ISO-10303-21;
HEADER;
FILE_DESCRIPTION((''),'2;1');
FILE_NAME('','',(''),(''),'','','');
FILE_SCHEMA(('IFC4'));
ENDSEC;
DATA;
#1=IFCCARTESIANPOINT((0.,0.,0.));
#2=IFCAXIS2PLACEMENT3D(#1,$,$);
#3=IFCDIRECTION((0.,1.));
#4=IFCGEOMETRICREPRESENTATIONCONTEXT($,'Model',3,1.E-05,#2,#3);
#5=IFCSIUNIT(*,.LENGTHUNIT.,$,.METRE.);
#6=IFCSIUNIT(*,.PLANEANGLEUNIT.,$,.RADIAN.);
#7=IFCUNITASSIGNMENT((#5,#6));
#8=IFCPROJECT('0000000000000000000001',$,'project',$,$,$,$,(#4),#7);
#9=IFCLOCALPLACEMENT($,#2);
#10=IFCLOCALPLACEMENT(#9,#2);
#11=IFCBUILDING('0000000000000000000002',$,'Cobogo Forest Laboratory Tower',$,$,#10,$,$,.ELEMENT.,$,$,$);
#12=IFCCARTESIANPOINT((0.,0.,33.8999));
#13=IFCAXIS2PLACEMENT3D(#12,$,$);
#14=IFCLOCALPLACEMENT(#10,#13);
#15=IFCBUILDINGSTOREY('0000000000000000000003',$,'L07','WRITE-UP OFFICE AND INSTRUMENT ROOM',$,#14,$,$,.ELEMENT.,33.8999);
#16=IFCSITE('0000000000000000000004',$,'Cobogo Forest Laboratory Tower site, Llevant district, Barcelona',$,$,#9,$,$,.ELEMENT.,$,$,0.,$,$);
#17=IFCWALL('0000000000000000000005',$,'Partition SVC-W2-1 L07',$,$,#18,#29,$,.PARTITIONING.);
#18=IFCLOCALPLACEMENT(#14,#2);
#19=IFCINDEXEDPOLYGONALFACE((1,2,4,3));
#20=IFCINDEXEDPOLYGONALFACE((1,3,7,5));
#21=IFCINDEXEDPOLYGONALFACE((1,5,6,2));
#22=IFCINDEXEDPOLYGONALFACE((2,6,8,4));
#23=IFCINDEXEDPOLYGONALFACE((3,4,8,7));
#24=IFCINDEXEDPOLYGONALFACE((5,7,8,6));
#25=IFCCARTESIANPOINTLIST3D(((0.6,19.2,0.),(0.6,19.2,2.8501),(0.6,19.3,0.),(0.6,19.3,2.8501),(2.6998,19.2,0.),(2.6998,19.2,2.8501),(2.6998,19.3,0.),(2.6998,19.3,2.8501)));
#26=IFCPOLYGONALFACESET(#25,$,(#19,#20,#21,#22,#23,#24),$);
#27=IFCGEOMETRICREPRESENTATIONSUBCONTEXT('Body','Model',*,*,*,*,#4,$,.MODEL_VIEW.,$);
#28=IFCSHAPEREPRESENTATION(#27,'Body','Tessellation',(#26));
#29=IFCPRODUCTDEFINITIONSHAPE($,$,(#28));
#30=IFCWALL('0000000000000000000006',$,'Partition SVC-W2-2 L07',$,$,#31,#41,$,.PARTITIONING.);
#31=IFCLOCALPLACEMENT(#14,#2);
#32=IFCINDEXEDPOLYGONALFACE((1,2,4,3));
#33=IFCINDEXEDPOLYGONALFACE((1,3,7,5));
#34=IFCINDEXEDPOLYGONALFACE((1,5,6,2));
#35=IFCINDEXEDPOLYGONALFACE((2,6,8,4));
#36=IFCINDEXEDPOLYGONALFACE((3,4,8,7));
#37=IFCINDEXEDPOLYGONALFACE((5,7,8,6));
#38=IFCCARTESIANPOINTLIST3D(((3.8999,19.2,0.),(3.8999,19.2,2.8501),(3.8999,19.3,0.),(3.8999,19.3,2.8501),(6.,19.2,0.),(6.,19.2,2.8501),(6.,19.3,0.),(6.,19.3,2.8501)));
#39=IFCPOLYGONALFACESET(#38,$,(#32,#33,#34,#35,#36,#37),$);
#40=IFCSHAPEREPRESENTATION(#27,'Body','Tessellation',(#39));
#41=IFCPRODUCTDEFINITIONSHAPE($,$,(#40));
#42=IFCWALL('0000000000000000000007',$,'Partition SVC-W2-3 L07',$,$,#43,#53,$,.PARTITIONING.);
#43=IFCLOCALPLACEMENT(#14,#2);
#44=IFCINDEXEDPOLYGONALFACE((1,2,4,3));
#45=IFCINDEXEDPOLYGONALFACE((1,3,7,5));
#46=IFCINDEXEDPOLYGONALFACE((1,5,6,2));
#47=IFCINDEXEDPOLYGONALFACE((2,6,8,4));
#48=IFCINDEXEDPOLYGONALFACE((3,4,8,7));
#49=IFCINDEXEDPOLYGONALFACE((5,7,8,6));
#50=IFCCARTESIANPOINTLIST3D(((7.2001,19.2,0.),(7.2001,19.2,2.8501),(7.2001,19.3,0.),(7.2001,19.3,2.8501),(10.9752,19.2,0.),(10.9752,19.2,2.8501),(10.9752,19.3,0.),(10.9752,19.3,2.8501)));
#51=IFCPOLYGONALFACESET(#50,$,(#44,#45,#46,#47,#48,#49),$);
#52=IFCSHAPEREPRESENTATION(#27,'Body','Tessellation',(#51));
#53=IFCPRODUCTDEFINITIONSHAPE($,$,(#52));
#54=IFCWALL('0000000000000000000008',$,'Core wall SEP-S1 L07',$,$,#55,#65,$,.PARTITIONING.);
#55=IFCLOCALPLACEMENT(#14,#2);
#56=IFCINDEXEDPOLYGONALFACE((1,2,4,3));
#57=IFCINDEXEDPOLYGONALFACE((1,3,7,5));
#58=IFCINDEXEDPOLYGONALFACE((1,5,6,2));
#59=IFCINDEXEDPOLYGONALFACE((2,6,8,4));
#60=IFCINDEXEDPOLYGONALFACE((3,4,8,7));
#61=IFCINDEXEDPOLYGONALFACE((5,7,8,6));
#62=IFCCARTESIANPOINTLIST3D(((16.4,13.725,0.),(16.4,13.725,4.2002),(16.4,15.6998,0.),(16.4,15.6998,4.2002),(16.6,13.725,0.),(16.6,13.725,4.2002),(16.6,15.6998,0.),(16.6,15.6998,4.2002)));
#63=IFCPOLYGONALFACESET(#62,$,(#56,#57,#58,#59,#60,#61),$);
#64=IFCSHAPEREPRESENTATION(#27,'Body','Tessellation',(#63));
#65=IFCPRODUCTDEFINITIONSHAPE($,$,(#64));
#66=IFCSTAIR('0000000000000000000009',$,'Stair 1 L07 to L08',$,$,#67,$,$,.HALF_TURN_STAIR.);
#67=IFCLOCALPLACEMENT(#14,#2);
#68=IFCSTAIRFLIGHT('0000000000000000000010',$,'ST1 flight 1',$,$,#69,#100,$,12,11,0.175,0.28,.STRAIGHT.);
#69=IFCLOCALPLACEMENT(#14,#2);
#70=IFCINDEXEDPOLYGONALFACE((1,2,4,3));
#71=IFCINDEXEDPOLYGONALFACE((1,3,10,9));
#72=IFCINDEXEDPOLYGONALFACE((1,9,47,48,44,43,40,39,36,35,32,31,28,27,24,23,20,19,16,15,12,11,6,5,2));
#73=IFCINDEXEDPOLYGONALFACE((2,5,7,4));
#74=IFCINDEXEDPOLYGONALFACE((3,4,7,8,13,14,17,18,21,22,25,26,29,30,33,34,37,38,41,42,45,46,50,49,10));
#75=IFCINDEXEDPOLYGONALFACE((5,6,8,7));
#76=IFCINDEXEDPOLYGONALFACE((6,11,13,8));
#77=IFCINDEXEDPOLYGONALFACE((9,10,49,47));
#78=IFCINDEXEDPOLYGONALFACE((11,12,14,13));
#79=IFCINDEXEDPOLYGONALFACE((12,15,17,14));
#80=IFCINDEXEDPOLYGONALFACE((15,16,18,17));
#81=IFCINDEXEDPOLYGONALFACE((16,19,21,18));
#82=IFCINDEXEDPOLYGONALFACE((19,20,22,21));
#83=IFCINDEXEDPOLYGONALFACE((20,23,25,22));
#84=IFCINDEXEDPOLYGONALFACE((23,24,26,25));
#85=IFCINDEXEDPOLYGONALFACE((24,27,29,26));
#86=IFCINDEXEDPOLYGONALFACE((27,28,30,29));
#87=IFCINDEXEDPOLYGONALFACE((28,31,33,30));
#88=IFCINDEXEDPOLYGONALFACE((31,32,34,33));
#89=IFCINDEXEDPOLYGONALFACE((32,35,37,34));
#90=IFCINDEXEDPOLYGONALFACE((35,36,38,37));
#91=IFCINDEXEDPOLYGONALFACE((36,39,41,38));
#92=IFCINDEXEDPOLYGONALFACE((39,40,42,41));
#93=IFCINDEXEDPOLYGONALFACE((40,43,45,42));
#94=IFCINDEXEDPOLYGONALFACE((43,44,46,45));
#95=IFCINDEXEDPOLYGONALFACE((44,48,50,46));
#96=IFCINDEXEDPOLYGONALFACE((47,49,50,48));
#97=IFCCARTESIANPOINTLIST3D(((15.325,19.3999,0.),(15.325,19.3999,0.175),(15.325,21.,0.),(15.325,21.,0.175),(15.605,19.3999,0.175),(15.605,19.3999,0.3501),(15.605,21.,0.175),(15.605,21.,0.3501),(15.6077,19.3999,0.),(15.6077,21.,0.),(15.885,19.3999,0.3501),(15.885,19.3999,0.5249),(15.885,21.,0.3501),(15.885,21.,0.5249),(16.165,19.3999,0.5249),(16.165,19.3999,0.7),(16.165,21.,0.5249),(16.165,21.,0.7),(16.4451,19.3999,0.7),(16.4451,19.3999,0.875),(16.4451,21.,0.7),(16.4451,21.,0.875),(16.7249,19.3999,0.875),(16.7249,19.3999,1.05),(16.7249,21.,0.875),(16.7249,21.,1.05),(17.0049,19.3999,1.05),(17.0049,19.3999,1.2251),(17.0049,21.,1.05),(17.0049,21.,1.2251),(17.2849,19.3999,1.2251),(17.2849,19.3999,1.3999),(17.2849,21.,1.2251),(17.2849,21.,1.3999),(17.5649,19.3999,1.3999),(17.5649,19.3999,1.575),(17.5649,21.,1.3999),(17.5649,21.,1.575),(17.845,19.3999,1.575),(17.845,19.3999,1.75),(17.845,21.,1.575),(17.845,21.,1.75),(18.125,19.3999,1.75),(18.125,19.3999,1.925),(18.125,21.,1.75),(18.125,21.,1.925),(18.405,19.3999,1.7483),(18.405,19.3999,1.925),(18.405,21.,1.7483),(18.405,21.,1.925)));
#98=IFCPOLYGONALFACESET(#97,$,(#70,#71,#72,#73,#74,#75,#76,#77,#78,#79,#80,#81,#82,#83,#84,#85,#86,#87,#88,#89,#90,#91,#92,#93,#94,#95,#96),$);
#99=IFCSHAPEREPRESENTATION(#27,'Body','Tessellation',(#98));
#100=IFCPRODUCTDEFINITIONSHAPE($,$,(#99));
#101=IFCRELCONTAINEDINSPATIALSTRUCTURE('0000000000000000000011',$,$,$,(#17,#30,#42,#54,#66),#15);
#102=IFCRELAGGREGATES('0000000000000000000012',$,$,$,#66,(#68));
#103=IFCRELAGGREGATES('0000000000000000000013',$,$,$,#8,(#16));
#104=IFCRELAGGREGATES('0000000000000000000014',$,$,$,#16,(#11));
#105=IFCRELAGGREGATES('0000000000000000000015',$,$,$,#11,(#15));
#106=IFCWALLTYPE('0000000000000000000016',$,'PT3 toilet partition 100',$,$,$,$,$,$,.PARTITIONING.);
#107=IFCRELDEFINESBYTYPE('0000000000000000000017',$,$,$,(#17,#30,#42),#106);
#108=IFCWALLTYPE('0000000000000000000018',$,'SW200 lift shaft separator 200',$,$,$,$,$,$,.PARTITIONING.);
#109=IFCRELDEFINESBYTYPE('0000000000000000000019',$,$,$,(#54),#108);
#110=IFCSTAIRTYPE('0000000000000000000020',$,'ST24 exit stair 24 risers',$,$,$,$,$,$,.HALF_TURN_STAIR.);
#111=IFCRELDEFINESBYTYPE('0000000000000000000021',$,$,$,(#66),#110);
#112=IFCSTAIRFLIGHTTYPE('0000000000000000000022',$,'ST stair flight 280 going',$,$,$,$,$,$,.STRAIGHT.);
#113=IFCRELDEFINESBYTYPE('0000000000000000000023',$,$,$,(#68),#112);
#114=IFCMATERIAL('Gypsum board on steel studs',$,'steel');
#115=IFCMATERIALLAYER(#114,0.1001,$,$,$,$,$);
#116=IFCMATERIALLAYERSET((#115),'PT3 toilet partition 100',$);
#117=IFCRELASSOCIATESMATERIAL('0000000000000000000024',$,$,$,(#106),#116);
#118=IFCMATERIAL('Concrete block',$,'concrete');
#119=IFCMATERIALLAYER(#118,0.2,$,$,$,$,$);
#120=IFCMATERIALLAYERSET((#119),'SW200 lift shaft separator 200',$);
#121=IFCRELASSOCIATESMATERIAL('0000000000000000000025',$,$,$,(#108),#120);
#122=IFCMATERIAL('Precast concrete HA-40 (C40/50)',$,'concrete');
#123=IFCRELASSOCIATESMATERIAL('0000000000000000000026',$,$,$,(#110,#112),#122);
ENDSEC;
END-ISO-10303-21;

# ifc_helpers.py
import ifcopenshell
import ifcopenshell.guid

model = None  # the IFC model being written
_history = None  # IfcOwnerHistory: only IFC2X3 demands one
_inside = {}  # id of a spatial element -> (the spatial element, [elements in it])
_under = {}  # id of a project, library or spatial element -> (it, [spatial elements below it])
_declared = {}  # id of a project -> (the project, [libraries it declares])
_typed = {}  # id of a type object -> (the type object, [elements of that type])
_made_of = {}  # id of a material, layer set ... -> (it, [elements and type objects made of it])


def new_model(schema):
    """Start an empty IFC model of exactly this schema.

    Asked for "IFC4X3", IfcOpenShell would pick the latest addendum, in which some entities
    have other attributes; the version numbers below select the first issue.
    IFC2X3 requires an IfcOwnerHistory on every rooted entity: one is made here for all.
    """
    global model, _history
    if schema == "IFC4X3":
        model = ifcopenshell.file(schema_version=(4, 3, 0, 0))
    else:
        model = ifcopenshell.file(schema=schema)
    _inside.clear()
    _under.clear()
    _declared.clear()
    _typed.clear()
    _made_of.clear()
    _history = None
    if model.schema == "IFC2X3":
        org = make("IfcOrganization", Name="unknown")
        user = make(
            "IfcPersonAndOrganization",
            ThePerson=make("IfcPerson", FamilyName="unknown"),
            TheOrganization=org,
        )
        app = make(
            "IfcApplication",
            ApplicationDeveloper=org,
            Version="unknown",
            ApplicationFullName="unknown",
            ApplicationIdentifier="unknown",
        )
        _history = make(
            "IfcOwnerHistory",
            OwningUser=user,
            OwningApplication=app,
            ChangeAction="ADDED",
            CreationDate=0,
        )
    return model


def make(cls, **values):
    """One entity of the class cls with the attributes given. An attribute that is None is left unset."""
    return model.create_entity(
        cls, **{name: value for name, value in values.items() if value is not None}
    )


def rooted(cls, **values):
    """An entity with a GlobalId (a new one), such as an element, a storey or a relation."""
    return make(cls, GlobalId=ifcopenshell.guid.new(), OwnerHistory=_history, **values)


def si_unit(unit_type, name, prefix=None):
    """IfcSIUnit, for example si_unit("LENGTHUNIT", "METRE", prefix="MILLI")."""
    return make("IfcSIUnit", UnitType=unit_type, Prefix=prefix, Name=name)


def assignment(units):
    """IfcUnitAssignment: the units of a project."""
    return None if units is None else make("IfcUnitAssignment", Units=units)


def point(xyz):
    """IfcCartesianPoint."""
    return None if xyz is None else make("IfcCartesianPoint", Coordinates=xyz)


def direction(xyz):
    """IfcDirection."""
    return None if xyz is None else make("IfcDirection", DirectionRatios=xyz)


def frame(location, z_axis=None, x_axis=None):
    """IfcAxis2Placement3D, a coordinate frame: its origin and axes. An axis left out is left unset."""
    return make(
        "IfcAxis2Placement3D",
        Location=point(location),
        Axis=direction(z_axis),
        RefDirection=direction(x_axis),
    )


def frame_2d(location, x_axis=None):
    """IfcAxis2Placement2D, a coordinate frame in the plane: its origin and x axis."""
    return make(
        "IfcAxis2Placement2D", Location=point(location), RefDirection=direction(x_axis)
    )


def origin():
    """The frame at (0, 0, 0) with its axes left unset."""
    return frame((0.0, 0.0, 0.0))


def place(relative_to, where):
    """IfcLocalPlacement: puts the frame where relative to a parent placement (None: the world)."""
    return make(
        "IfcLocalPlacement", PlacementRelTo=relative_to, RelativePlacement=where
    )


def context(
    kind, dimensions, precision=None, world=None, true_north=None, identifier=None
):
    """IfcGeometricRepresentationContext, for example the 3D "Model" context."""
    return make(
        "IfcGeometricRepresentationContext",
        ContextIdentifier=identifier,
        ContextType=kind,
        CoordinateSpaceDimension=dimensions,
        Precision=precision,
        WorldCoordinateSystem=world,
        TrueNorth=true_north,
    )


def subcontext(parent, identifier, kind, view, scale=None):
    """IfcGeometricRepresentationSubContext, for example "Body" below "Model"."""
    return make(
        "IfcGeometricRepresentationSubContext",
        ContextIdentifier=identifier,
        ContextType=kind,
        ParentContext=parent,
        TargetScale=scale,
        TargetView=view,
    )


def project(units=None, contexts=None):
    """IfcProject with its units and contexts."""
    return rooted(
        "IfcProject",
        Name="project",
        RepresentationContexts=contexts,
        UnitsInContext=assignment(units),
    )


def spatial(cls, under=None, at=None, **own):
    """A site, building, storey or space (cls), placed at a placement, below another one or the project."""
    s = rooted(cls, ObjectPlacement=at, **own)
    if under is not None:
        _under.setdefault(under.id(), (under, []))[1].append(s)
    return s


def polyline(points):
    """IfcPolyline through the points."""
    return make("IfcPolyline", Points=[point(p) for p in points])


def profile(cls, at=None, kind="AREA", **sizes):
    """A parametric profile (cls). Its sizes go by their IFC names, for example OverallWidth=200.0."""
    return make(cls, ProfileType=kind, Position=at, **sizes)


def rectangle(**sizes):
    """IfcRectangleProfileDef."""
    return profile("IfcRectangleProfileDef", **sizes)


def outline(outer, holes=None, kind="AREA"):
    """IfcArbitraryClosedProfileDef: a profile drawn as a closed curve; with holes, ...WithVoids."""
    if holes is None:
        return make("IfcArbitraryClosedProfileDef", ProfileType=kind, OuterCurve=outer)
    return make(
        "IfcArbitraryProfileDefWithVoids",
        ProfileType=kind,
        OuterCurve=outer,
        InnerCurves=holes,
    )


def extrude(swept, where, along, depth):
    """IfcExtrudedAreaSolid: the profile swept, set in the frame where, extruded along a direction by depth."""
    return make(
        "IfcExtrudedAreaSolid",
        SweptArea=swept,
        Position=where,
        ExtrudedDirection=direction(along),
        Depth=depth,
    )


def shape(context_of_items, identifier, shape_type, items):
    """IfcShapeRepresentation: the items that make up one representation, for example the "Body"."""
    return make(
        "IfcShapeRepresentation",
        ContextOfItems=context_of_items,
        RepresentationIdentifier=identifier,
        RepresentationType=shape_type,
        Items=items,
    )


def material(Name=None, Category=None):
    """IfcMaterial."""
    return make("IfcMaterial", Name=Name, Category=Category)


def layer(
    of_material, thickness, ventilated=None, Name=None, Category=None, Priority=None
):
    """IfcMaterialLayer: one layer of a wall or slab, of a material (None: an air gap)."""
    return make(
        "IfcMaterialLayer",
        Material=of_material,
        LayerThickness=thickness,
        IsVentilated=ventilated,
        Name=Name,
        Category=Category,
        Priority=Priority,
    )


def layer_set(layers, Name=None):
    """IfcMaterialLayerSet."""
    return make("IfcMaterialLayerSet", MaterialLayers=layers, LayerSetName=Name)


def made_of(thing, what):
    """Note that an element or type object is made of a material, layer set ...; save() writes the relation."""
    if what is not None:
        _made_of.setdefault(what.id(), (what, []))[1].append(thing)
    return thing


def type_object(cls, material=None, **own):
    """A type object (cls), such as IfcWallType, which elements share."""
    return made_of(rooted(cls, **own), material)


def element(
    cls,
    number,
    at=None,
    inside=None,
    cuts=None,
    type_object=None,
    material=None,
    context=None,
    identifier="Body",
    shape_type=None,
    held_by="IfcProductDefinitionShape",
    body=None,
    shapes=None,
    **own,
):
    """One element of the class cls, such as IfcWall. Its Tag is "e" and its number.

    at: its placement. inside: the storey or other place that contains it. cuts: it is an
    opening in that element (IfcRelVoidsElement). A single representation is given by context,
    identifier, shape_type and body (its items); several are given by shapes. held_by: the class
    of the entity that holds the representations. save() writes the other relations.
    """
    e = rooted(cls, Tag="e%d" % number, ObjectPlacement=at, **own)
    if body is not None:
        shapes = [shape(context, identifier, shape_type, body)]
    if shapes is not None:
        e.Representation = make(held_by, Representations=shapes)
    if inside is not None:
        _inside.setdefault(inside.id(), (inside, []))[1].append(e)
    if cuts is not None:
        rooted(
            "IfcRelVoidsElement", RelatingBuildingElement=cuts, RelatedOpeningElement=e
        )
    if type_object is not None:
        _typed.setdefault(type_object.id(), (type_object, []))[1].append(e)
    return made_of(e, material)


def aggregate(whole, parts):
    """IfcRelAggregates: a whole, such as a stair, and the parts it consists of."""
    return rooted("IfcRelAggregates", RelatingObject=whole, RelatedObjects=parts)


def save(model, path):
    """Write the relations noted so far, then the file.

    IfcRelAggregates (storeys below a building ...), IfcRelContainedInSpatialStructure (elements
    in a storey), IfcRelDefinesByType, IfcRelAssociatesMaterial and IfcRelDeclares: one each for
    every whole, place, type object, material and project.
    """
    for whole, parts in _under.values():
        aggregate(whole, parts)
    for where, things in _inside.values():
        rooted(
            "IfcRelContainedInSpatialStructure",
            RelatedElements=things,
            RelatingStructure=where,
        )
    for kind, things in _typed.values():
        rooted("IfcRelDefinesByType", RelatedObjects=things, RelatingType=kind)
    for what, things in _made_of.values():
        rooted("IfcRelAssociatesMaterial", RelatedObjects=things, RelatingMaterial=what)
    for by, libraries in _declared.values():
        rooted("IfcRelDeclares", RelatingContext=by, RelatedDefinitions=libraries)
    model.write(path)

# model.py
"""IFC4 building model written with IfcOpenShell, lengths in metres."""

from ifc_helpers import new_model, si_unit, direction, frame, frame_2d, origin, place, context, subcontext, project, spatial, polyline, rectangle, outline, extrude, material, layer, layer_set, type_object, element, aggregate, save


model = new_model("IFC4")

# Units and contexts
model_context = context("Model", 3, precision=1e-05, world=origin(), true_north=direction((0.0, 1.0)))
body_context = subcontext(model_context, "Body", "Model", "MODEL_VIEW")
ifc_project = project(units=[si_unit("LENGTHUNIT", "METRE"), si_unit("PLANEANGLEUNIT", "RADIAN")], contexts=[model_context])

# Site, building, storey
site_placement = place(None, origin())
site = spatial("IfcSite", under=ifc_project, at=site_placement, Name="Cobogo Forest Laboratory Tower site, Llevant district, Barcelona", CompositionType="ELEMENT", RefElevation=0.0)
building_placement = place(site_placement, origin())
building = spatial("IfcBuilding", under=site, at=building_placement, Name="Cobogo Forest Laboratory Tower", CompositionType="ELEMENT")
storey_placement = place(building_placement, frame((0.0, 0.0, 33.8999)))
storey = spatial("IfcBuildingStorey", under=building, at=storey_placement, Name="L07", Description="WRITE-UP OFFICE AND INSTRUMENT ROOM", CompositionType="ELEMENT", Elevation=33.8999)

# Walls
ifc_material_1 = material(Name="Gypsum board on steel studs", Category="steel")
ifc_layer_1 = layer(ifc_material_1, 0.1001)
ifc_layer_set_1 = layer_set([ifc_layer_1], Name="PT3 toilet partition 100")
wall_type_1 = type_object("IfcWallType", Name="PT3 toilet partition 100", PredefinedType="PARTITIONING", material=ifc_layer_set_1)
wall_1_placement = place(storey_placement, frame((0.6001, 19.25, 0.0), z_axis=(0.0, 0.0, 1.0), x_axis=(1.0, 0.0, 0.0)))
element("IfcWall", 1, at=wall_1_placement, inside=storey, type_object=wall_type_1, Name="Partition SVC-W2-1 L07", PredefinedType="PARTITIONING", context=body_context, shape_type="SweptSolid", body=[
    extrude(rectangle(XDim=2.0999, YDim=0.1001, at=frame_2d((1.0498, 0.0))), origin(), (0.0, 0.0, 1.0), 2.8501),
])
wall_2_placement = place(storey_placement, frame((3.8999, 19.25, 0.0), z_axis=(0.0, 0.0, 1.0), x_axis=(1.0, 0.0, 0.0)))
element("IfcWall", 2, at=wall_2_placement, inside=storey, type_object=wall_type_1, Name="Partition SVC-W2-2 L07", PredefinedType="PARTITIONING", context=body_context, shape_type="SweptSolid", body=[
    extrude(rectangle(XDim=2.1001, YDim=0.1001, at=frame_2d((1.05, 0.0))), origin(), (0.0, 0.0, 1.0), 2.8501),
])
wall_3_placement = place(storey_placement, frame((7.2, 19.25, 0.0), z_axis=(0.0, 0.0, 1.0), x_axis=(1.0, 0.0, 0.0)))
element("IfcWall", 3, at=wall_3_placement, inside=storey, type_object=wall_type_1, Name="Partition SVC-W2-3 L07", PredefinedType="PARTITIONING", context=body_context, shape_type="SweptSolid", body=[
    extrude(rectangle(XDim=3.7751, YDim=0.1001, at=frame_2d((1.8877, 0.0))), origin(), (0.0, 0.0, 1.0), 2.8501),
])
ifc_material_2 = material(Name="Concrete block", Category="concrete")
ifc_layer_2 = layer(ifc_material_2, 0.2)
ifc_layer_set_2 = layer_set([ifc_layer_2], Name="SW200 lift shaft separator 200")
wall_type_2 = type_object("IfcWallType", Name="SW200 lift shaft separator 200", PredefinedType="PARTITIONING", material=ifc_layer_set_2)
wall_4_placement = place(storey_placement, frame((16.5, 13.7251, 0.0), z_axis=(0.0, 0.0, 1.0), x_axis=(0.0, 1.0, 0.0)))
element("IfcWall", 4, at=wall_4_placement, inside=storey, type_object=wall_type_2, Name="Core wall SEP-S1 L07", PredefinedType="PARTITIONING", context=body_context, shape_type="SweptSolid", body=[
    extrude(rectangle(XDim=1.9749, YDim=0.2, at=frame_2d((0.9873, 0.0))), origin(), (0.0, 0.0, 1.0), 4.2002),
])

# Stair, stair flight
ifc_material_3 = material(Name="Precast concrete HA-40 (C40/50)", Category="concrete")
stair_type = type_object("IfcStairType", Name="ST24 exit stair 24 risers", PredefinedType="HALF_TURN_STAIR", material=ifc_material_3)
stair_placement = place(storey_placement, origin())
stair = element("IfcStair", 5, at=stair_placement, inside=storey, type_object=stair_type, Name="Stair 1 L07 to L08", PredefinedType="HALF_TURN_STAIR")
stair_flight_type = type_object("IfcStairFlightType", Name="ST stair flight 280 going", PredefinedType="STRAIGHT", material=ifc_material_3)
stair_flight_placement = place(storey_placement, frame((15.325, 20.2, 0.0), z_axis=(0.0, 0.0, 1.0), x_axis=(1.0, 0.0, 0.0)))
stair_flight = element("IfcStairFlight", 6, at=stair_flight_placement, type_object=stair_flight_type, Name="ST1 flight 1", NumberOfRisers=12, NumberOfTreads=11, PredefinedType="STRAIGHT", RiserHeight=0.175, TreadLength=0.28, context=body_context, shape_type="SweptSolid", body=[
    extrude(outline(polyline([(0.0, 0.0), (0.0, 0.175), (0.28, 0.175), (0.28, 0.3501), (0.5601, 0.3501), (0.5601, 0.5249), (0.8401, 0.5249), (0.8401, 0.7), (1.1201, 0.7), (1.1201, 0.875), (1.3999, 0.875), (1.3999, 1.05), (1.6799, 1.05), (1.6799, 1.2251), (1.96, 1.2251), (1.96, 1.3999), (2.24, 1.3999), (2.24, 1.575), (2.52, 1.575), (2.52, 1.75), (2.8, 1.75), (2.8, 1.925), (3.0801, 1.925), (3.0801, 2.1001), (3.0801, 1.7483), (0.2827, 0.0), (0.0, 0.0)])), frame((0.0, 0.8, 0.0), z_axis=(0.0, -1.0, 0.0), x_axis=(1.0, 0.0, 0.0)), (0.0, 0.0, 1.0), 1.6001),
])
aggregate(stair, [stair_flight])

save(model, "model.ifc")
